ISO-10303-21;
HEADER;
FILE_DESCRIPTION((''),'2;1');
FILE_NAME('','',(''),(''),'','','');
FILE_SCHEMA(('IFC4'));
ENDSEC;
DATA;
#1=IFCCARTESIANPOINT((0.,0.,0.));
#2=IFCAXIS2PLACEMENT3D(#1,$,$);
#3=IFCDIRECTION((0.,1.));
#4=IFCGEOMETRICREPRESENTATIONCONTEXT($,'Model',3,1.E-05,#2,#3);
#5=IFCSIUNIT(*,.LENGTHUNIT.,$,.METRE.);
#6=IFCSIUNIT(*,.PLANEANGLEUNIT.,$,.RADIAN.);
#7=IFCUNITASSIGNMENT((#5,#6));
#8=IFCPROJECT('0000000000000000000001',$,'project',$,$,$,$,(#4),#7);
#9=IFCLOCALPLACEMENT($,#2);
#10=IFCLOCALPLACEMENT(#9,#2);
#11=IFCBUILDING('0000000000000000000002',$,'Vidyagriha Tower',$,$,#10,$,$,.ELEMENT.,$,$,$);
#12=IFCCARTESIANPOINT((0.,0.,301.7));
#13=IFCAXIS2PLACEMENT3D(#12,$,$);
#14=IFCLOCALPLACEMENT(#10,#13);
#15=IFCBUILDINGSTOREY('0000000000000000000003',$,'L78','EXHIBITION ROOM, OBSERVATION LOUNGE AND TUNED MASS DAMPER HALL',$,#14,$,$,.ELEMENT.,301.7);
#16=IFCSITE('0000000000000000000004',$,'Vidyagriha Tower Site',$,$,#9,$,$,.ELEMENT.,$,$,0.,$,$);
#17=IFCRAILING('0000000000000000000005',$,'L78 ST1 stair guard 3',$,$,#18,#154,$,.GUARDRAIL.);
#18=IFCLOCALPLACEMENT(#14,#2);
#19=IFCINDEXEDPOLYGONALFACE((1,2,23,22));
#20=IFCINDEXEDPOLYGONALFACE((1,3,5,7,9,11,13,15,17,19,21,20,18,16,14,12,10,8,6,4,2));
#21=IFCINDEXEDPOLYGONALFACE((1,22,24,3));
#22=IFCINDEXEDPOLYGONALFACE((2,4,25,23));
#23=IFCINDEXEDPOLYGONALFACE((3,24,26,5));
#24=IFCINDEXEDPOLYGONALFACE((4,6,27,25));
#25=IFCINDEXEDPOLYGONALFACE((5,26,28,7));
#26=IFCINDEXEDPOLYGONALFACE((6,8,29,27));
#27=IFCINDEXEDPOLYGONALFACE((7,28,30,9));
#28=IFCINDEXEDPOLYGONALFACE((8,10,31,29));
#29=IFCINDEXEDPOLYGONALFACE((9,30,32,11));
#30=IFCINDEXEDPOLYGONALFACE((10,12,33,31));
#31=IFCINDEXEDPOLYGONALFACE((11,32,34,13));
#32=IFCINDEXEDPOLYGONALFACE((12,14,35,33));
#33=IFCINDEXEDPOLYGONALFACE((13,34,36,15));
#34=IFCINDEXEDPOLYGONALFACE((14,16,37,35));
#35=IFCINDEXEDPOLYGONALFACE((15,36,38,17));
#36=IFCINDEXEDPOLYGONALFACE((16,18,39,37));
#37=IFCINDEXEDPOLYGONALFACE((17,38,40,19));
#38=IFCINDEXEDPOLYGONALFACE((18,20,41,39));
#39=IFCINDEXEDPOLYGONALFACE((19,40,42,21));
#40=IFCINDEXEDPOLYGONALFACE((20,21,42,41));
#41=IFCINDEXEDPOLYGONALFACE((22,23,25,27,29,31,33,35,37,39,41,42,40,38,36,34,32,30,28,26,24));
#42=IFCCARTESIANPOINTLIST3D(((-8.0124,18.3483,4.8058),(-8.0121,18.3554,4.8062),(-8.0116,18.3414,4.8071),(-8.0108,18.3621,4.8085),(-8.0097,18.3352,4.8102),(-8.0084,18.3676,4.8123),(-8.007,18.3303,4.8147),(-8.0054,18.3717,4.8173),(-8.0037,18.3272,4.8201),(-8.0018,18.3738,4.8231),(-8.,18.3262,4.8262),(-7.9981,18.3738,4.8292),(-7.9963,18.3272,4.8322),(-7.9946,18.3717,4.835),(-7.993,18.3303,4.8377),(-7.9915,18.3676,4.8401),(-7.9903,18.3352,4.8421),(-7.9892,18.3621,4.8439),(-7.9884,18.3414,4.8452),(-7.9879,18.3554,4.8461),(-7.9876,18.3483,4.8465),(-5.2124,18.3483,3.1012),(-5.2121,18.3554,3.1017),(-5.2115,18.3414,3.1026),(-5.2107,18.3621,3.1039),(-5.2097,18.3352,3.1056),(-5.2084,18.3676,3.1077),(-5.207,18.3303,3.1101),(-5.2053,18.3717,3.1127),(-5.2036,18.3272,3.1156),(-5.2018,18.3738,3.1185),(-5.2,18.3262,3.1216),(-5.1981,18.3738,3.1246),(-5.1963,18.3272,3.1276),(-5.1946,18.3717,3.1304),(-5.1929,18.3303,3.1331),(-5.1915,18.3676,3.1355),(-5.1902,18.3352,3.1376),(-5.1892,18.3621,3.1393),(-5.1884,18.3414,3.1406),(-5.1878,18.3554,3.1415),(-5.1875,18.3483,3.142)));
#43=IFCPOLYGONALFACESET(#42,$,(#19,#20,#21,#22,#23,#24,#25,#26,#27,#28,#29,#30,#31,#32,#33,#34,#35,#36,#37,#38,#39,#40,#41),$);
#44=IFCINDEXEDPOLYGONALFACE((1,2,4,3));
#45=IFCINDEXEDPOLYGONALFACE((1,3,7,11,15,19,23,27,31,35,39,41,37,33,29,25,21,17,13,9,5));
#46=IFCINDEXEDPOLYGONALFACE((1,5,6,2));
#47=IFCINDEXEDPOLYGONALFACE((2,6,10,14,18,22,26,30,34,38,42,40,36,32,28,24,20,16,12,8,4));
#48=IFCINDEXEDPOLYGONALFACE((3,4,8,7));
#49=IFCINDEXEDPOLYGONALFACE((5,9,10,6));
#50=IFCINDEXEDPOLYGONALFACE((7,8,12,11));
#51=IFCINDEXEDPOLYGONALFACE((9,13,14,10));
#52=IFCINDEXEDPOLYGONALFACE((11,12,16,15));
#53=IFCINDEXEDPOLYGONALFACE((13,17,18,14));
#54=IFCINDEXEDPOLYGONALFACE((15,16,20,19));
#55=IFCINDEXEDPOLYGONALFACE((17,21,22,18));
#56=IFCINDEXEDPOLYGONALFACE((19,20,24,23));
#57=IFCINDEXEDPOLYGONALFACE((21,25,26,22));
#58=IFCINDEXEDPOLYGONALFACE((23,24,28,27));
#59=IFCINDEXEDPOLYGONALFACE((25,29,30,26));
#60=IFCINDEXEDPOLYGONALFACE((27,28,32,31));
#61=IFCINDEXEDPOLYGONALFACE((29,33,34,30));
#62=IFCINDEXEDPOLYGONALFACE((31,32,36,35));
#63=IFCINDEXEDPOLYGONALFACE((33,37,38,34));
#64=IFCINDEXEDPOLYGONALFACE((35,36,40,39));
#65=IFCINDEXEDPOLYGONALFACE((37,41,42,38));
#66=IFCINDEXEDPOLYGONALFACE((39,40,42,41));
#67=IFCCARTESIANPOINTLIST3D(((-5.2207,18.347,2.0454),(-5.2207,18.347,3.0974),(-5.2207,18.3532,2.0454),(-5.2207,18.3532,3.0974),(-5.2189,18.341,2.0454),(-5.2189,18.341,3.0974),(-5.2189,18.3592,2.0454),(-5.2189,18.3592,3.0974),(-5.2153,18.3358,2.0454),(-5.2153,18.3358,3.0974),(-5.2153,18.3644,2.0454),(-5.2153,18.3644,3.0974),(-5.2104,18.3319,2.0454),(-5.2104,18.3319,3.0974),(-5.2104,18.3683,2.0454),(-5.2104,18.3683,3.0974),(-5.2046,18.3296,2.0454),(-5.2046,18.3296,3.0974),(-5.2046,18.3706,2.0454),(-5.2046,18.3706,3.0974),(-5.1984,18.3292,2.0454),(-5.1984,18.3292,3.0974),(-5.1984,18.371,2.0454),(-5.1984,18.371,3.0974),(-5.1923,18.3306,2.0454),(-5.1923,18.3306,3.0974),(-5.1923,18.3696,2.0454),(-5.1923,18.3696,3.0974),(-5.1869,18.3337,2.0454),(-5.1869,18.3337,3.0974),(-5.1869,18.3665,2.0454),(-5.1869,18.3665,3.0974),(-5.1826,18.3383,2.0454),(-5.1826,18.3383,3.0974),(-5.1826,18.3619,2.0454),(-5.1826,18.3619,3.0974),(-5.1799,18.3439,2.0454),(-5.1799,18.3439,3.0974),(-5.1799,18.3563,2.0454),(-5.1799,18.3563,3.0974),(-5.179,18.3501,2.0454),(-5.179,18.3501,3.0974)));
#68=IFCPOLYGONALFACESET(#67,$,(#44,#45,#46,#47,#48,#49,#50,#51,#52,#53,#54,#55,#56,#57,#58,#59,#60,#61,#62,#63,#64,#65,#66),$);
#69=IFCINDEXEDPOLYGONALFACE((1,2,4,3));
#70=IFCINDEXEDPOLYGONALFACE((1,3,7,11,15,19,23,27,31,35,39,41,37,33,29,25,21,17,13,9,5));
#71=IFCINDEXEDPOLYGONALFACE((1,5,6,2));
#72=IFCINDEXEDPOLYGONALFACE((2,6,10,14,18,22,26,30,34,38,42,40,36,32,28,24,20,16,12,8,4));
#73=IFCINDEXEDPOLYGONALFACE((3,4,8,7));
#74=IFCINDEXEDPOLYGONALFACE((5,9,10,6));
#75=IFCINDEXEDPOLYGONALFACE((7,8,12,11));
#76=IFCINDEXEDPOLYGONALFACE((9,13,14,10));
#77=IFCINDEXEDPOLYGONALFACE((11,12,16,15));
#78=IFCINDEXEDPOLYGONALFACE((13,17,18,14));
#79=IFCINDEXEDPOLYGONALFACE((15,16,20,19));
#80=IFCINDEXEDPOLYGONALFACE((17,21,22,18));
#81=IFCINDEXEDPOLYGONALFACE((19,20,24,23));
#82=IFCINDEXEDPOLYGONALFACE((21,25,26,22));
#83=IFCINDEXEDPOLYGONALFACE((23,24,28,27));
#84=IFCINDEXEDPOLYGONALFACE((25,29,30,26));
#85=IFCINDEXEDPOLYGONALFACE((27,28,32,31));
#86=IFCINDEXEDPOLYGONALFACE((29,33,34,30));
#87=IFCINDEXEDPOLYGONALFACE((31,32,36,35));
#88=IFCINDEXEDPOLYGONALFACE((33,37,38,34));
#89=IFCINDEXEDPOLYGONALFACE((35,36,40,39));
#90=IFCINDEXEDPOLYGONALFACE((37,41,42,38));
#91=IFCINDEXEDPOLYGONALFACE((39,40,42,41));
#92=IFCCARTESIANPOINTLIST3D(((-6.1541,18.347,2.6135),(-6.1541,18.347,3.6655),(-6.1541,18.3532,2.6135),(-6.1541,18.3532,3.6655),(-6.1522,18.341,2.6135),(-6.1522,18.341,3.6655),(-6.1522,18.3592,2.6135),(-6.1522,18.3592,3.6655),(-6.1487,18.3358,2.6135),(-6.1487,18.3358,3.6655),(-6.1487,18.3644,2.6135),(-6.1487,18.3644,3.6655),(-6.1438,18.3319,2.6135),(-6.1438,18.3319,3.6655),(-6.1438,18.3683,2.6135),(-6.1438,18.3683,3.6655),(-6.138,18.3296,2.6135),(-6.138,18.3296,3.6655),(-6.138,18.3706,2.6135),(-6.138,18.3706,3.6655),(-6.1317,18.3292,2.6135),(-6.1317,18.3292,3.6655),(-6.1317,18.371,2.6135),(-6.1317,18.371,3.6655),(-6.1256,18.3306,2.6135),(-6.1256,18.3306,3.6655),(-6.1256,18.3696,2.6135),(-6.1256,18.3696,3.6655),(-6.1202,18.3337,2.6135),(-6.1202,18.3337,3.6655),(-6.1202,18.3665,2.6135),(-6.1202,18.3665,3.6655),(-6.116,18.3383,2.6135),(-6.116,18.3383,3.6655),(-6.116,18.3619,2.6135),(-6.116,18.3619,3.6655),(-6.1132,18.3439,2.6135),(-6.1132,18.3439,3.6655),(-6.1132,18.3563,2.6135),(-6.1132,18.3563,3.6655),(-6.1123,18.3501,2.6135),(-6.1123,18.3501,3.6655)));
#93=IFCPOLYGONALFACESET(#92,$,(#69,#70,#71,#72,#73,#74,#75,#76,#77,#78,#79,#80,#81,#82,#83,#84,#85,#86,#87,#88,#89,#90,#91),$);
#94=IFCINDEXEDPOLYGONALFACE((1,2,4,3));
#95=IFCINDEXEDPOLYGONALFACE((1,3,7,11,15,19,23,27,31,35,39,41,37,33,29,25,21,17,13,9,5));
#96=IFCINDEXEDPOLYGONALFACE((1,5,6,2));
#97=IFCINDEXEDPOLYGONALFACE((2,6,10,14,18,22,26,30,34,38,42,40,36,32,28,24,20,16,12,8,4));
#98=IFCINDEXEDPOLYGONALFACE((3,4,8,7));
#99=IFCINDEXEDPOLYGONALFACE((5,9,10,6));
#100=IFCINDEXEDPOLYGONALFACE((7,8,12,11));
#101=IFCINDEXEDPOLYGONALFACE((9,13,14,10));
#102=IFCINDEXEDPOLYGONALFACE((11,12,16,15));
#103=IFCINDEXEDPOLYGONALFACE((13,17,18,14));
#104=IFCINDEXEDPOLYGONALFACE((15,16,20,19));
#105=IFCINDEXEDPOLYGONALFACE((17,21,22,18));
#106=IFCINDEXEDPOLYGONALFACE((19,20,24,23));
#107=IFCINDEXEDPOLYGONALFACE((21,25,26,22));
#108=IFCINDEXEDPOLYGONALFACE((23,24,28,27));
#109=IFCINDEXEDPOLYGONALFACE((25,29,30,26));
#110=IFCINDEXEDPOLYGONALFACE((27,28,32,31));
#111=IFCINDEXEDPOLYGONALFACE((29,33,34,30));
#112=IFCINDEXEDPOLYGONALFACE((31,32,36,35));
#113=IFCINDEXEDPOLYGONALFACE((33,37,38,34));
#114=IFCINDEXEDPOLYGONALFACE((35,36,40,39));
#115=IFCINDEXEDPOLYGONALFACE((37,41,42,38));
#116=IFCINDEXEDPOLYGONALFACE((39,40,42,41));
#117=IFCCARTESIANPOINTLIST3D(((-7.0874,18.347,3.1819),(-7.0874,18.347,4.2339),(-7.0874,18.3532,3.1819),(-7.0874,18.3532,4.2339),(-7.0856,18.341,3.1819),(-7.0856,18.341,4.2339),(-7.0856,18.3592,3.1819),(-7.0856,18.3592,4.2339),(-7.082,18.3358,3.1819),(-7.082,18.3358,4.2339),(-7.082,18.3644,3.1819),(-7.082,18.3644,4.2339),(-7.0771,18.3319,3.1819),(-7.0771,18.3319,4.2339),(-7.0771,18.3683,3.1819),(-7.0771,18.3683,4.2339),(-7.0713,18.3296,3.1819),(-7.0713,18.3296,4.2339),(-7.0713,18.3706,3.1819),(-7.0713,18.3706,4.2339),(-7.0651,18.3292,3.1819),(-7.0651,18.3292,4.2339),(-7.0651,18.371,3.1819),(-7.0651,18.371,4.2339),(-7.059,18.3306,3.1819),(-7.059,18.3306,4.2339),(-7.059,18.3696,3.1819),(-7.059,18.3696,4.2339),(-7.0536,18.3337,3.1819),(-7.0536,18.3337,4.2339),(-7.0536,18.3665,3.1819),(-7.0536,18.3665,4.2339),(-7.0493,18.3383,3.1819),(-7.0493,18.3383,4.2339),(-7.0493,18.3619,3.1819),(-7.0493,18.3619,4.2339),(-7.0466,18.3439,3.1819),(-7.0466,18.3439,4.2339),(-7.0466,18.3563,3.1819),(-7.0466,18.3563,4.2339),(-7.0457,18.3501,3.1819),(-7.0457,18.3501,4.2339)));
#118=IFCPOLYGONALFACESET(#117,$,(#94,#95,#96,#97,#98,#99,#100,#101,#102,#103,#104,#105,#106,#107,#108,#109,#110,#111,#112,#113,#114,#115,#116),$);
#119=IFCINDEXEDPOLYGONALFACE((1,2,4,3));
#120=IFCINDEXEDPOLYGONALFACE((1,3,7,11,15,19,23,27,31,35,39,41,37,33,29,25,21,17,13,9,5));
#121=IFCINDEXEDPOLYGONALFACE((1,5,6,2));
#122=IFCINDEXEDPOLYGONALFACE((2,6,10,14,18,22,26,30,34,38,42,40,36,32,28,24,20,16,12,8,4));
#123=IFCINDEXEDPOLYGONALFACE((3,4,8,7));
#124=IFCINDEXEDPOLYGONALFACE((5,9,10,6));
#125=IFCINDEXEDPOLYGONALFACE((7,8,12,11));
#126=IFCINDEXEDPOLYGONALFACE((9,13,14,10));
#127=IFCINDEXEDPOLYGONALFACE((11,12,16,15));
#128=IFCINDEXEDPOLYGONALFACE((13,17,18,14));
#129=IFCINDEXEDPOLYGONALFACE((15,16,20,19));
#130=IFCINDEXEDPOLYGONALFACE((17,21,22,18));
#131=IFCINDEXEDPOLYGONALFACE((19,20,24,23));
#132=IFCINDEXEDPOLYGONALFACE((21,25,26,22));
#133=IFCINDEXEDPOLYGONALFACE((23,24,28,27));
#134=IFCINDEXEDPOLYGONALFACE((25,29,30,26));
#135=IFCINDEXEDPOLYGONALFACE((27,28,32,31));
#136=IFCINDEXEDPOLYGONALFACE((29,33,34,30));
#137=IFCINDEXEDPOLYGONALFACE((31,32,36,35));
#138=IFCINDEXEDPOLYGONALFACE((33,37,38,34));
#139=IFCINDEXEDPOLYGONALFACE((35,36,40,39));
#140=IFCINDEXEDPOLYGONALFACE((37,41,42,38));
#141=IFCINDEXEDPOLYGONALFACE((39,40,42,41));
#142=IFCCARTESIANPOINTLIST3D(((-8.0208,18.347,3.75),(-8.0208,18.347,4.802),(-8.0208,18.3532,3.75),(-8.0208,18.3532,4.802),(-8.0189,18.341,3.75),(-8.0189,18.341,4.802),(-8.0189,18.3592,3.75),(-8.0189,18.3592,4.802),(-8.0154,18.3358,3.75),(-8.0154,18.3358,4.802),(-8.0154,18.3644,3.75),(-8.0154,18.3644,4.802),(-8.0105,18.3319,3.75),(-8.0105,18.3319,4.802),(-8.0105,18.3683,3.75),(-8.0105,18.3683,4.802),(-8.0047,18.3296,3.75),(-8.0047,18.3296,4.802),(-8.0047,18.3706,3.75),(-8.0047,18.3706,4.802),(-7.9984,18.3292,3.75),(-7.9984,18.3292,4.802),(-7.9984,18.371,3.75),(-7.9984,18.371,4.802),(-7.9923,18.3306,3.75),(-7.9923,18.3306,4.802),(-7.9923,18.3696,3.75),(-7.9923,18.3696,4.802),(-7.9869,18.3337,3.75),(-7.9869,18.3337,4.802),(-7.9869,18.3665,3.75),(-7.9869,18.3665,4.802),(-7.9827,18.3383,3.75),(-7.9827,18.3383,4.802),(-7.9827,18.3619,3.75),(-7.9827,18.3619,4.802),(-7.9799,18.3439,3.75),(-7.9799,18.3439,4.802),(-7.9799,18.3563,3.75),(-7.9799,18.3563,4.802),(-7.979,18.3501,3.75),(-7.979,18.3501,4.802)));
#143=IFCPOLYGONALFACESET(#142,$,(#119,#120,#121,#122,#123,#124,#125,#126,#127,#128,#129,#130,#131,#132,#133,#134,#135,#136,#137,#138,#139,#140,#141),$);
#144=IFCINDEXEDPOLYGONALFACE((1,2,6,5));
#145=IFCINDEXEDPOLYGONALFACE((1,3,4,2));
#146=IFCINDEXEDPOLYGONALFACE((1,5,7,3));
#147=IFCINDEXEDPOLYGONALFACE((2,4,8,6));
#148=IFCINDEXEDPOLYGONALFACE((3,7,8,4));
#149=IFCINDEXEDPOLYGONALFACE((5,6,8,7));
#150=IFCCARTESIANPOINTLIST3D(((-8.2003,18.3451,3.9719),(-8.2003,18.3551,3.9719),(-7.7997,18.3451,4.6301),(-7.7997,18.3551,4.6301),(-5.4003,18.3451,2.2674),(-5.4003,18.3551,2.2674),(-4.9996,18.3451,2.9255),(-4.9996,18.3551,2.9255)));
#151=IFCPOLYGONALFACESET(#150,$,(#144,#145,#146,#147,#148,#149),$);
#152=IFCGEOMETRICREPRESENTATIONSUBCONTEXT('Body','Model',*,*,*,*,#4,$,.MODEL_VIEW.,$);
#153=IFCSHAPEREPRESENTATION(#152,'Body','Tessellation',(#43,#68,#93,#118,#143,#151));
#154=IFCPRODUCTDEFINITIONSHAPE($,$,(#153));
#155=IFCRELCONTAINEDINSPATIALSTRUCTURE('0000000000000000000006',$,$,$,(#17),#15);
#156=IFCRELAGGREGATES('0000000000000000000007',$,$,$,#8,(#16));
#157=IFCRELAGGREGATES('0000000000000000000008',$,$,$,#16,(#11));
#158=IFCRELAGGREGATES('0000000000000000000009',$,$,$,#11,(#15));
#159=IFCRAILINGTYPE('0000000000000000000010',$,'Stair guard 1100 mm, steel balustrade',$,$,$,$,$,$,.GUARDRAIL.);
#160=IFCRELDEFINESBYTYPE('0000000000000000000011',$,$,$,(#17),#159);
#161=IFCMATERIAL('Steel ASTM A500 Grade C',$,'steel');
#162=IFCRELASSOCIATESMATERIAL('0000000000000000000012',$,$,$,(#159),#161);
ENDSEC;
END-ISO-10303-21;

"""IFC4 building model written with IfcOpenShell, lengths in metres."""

from ifc_helpers import new_model, si_unit, direction, frame, origin, origin_2d, place, context, subcontext, project, spatial, rectangle, circle, extrude, material, type_object, element, save


model = new_model("IFC4")

# Units and contexts
model_context = context("Model", 3, precision=1e-05, world=origin(), true_north=direction((0.0, 1.0)))
body_context = subcontext(model_context, "Body", "Model", "MODEL_VIEW")
ifc_project = project(units=[si_unit("LENGTHUNIT", "METRE"), si_unit("PLANEANGLEUNIT", "RADIAN")], contexts=[model_context])

# Site, building, storey
site_placement = place(None, origin())
site = spatial("IfcSite", under=ifc_project, at=site_placement, Name="Vidyagriha Tower Site", CompositionType="ELEMENT", RefElevation=0.0)
building_placement = place(site_placement, origin())
building = spatial("IfcBuilding", under=site, at=building_placement, Name="Vidyagriha Tower", CompositionType="ELEMENT")
storey_placement = place(building_placement, frame((0.0, 0.0, 301.7)))
storey = spatial("IfcBuildingStorey", under=building, at=storey_placement, Name="L78", Description="EXHIBITION ROOM, OBSERVATION LOUNGE AND TUNED MASS DAMPER HALL", CompositionType="ELEMENT", Elevation=301.7)

# Railing
ifc_material_1 = material(Name="Steel ASTM A500 Grade C", Category="steel")
railing_type_1 = type_object("IfcRailingType", Name="Stair guard 1100 mm, steel balustrade", PredefinedType="GUARDRAIL", material=ifc_material_1)
railing_1_placement = place(storey_placement, frame((-5.2, 18.3501, 2.0454)))
element("IfcRailing", 1, at=railing_1_placement, inside=storey, type_object=railing_type_1, Name="L78 ST1 stair guard 3", PredefinedType="GUARDRAIL", context=body_context, shape_type="SweptSolid", body=[
    extrude(circle(Radius=0.0239, at=origin_2d()), frame((0.0, 0.0, 1.0762), z_axis=(-0.85417, 0.0, 0.519994), x_axis=(0.0, -1.0, 0.0)), (0.0, 0.0, 1.0), 3.2781),
    extrude(circle(Radius=0.021, at=origin_2d()), origin(), (0.0, 0.0, 1.0), 1.052),
    extrude(circle(Radius=0.021, at=origin_2d()), frame((-0.9333, 0.0, 0.5681)), (0.0, 0.0, 1.0), 1.052),
    extrude(circle(Radius=0.021, at=origin_2d()), frame((-1.8667, 0.0, 1.1365)), (0.0, 0.0, 1.0), 1.052),
    extrude(circle(Radius=0.021, at=origin_2d()), frame((-2.8, 0.0, 1.7046)), (0.0, 0.0, 1.0), 1.052),
    extrude(rectangle(XDim=0.01, YDim=0.7705, at=origin_2d()), frame((0.0, 0.0, 0.551), z_axis=(-0.85417, 0.0, 0.519994), x_axis=(0.0, -1.0, 0.0)), (0.0, 0.0, 1.0), 3.2781),
])

save(model, "model.ifc")
